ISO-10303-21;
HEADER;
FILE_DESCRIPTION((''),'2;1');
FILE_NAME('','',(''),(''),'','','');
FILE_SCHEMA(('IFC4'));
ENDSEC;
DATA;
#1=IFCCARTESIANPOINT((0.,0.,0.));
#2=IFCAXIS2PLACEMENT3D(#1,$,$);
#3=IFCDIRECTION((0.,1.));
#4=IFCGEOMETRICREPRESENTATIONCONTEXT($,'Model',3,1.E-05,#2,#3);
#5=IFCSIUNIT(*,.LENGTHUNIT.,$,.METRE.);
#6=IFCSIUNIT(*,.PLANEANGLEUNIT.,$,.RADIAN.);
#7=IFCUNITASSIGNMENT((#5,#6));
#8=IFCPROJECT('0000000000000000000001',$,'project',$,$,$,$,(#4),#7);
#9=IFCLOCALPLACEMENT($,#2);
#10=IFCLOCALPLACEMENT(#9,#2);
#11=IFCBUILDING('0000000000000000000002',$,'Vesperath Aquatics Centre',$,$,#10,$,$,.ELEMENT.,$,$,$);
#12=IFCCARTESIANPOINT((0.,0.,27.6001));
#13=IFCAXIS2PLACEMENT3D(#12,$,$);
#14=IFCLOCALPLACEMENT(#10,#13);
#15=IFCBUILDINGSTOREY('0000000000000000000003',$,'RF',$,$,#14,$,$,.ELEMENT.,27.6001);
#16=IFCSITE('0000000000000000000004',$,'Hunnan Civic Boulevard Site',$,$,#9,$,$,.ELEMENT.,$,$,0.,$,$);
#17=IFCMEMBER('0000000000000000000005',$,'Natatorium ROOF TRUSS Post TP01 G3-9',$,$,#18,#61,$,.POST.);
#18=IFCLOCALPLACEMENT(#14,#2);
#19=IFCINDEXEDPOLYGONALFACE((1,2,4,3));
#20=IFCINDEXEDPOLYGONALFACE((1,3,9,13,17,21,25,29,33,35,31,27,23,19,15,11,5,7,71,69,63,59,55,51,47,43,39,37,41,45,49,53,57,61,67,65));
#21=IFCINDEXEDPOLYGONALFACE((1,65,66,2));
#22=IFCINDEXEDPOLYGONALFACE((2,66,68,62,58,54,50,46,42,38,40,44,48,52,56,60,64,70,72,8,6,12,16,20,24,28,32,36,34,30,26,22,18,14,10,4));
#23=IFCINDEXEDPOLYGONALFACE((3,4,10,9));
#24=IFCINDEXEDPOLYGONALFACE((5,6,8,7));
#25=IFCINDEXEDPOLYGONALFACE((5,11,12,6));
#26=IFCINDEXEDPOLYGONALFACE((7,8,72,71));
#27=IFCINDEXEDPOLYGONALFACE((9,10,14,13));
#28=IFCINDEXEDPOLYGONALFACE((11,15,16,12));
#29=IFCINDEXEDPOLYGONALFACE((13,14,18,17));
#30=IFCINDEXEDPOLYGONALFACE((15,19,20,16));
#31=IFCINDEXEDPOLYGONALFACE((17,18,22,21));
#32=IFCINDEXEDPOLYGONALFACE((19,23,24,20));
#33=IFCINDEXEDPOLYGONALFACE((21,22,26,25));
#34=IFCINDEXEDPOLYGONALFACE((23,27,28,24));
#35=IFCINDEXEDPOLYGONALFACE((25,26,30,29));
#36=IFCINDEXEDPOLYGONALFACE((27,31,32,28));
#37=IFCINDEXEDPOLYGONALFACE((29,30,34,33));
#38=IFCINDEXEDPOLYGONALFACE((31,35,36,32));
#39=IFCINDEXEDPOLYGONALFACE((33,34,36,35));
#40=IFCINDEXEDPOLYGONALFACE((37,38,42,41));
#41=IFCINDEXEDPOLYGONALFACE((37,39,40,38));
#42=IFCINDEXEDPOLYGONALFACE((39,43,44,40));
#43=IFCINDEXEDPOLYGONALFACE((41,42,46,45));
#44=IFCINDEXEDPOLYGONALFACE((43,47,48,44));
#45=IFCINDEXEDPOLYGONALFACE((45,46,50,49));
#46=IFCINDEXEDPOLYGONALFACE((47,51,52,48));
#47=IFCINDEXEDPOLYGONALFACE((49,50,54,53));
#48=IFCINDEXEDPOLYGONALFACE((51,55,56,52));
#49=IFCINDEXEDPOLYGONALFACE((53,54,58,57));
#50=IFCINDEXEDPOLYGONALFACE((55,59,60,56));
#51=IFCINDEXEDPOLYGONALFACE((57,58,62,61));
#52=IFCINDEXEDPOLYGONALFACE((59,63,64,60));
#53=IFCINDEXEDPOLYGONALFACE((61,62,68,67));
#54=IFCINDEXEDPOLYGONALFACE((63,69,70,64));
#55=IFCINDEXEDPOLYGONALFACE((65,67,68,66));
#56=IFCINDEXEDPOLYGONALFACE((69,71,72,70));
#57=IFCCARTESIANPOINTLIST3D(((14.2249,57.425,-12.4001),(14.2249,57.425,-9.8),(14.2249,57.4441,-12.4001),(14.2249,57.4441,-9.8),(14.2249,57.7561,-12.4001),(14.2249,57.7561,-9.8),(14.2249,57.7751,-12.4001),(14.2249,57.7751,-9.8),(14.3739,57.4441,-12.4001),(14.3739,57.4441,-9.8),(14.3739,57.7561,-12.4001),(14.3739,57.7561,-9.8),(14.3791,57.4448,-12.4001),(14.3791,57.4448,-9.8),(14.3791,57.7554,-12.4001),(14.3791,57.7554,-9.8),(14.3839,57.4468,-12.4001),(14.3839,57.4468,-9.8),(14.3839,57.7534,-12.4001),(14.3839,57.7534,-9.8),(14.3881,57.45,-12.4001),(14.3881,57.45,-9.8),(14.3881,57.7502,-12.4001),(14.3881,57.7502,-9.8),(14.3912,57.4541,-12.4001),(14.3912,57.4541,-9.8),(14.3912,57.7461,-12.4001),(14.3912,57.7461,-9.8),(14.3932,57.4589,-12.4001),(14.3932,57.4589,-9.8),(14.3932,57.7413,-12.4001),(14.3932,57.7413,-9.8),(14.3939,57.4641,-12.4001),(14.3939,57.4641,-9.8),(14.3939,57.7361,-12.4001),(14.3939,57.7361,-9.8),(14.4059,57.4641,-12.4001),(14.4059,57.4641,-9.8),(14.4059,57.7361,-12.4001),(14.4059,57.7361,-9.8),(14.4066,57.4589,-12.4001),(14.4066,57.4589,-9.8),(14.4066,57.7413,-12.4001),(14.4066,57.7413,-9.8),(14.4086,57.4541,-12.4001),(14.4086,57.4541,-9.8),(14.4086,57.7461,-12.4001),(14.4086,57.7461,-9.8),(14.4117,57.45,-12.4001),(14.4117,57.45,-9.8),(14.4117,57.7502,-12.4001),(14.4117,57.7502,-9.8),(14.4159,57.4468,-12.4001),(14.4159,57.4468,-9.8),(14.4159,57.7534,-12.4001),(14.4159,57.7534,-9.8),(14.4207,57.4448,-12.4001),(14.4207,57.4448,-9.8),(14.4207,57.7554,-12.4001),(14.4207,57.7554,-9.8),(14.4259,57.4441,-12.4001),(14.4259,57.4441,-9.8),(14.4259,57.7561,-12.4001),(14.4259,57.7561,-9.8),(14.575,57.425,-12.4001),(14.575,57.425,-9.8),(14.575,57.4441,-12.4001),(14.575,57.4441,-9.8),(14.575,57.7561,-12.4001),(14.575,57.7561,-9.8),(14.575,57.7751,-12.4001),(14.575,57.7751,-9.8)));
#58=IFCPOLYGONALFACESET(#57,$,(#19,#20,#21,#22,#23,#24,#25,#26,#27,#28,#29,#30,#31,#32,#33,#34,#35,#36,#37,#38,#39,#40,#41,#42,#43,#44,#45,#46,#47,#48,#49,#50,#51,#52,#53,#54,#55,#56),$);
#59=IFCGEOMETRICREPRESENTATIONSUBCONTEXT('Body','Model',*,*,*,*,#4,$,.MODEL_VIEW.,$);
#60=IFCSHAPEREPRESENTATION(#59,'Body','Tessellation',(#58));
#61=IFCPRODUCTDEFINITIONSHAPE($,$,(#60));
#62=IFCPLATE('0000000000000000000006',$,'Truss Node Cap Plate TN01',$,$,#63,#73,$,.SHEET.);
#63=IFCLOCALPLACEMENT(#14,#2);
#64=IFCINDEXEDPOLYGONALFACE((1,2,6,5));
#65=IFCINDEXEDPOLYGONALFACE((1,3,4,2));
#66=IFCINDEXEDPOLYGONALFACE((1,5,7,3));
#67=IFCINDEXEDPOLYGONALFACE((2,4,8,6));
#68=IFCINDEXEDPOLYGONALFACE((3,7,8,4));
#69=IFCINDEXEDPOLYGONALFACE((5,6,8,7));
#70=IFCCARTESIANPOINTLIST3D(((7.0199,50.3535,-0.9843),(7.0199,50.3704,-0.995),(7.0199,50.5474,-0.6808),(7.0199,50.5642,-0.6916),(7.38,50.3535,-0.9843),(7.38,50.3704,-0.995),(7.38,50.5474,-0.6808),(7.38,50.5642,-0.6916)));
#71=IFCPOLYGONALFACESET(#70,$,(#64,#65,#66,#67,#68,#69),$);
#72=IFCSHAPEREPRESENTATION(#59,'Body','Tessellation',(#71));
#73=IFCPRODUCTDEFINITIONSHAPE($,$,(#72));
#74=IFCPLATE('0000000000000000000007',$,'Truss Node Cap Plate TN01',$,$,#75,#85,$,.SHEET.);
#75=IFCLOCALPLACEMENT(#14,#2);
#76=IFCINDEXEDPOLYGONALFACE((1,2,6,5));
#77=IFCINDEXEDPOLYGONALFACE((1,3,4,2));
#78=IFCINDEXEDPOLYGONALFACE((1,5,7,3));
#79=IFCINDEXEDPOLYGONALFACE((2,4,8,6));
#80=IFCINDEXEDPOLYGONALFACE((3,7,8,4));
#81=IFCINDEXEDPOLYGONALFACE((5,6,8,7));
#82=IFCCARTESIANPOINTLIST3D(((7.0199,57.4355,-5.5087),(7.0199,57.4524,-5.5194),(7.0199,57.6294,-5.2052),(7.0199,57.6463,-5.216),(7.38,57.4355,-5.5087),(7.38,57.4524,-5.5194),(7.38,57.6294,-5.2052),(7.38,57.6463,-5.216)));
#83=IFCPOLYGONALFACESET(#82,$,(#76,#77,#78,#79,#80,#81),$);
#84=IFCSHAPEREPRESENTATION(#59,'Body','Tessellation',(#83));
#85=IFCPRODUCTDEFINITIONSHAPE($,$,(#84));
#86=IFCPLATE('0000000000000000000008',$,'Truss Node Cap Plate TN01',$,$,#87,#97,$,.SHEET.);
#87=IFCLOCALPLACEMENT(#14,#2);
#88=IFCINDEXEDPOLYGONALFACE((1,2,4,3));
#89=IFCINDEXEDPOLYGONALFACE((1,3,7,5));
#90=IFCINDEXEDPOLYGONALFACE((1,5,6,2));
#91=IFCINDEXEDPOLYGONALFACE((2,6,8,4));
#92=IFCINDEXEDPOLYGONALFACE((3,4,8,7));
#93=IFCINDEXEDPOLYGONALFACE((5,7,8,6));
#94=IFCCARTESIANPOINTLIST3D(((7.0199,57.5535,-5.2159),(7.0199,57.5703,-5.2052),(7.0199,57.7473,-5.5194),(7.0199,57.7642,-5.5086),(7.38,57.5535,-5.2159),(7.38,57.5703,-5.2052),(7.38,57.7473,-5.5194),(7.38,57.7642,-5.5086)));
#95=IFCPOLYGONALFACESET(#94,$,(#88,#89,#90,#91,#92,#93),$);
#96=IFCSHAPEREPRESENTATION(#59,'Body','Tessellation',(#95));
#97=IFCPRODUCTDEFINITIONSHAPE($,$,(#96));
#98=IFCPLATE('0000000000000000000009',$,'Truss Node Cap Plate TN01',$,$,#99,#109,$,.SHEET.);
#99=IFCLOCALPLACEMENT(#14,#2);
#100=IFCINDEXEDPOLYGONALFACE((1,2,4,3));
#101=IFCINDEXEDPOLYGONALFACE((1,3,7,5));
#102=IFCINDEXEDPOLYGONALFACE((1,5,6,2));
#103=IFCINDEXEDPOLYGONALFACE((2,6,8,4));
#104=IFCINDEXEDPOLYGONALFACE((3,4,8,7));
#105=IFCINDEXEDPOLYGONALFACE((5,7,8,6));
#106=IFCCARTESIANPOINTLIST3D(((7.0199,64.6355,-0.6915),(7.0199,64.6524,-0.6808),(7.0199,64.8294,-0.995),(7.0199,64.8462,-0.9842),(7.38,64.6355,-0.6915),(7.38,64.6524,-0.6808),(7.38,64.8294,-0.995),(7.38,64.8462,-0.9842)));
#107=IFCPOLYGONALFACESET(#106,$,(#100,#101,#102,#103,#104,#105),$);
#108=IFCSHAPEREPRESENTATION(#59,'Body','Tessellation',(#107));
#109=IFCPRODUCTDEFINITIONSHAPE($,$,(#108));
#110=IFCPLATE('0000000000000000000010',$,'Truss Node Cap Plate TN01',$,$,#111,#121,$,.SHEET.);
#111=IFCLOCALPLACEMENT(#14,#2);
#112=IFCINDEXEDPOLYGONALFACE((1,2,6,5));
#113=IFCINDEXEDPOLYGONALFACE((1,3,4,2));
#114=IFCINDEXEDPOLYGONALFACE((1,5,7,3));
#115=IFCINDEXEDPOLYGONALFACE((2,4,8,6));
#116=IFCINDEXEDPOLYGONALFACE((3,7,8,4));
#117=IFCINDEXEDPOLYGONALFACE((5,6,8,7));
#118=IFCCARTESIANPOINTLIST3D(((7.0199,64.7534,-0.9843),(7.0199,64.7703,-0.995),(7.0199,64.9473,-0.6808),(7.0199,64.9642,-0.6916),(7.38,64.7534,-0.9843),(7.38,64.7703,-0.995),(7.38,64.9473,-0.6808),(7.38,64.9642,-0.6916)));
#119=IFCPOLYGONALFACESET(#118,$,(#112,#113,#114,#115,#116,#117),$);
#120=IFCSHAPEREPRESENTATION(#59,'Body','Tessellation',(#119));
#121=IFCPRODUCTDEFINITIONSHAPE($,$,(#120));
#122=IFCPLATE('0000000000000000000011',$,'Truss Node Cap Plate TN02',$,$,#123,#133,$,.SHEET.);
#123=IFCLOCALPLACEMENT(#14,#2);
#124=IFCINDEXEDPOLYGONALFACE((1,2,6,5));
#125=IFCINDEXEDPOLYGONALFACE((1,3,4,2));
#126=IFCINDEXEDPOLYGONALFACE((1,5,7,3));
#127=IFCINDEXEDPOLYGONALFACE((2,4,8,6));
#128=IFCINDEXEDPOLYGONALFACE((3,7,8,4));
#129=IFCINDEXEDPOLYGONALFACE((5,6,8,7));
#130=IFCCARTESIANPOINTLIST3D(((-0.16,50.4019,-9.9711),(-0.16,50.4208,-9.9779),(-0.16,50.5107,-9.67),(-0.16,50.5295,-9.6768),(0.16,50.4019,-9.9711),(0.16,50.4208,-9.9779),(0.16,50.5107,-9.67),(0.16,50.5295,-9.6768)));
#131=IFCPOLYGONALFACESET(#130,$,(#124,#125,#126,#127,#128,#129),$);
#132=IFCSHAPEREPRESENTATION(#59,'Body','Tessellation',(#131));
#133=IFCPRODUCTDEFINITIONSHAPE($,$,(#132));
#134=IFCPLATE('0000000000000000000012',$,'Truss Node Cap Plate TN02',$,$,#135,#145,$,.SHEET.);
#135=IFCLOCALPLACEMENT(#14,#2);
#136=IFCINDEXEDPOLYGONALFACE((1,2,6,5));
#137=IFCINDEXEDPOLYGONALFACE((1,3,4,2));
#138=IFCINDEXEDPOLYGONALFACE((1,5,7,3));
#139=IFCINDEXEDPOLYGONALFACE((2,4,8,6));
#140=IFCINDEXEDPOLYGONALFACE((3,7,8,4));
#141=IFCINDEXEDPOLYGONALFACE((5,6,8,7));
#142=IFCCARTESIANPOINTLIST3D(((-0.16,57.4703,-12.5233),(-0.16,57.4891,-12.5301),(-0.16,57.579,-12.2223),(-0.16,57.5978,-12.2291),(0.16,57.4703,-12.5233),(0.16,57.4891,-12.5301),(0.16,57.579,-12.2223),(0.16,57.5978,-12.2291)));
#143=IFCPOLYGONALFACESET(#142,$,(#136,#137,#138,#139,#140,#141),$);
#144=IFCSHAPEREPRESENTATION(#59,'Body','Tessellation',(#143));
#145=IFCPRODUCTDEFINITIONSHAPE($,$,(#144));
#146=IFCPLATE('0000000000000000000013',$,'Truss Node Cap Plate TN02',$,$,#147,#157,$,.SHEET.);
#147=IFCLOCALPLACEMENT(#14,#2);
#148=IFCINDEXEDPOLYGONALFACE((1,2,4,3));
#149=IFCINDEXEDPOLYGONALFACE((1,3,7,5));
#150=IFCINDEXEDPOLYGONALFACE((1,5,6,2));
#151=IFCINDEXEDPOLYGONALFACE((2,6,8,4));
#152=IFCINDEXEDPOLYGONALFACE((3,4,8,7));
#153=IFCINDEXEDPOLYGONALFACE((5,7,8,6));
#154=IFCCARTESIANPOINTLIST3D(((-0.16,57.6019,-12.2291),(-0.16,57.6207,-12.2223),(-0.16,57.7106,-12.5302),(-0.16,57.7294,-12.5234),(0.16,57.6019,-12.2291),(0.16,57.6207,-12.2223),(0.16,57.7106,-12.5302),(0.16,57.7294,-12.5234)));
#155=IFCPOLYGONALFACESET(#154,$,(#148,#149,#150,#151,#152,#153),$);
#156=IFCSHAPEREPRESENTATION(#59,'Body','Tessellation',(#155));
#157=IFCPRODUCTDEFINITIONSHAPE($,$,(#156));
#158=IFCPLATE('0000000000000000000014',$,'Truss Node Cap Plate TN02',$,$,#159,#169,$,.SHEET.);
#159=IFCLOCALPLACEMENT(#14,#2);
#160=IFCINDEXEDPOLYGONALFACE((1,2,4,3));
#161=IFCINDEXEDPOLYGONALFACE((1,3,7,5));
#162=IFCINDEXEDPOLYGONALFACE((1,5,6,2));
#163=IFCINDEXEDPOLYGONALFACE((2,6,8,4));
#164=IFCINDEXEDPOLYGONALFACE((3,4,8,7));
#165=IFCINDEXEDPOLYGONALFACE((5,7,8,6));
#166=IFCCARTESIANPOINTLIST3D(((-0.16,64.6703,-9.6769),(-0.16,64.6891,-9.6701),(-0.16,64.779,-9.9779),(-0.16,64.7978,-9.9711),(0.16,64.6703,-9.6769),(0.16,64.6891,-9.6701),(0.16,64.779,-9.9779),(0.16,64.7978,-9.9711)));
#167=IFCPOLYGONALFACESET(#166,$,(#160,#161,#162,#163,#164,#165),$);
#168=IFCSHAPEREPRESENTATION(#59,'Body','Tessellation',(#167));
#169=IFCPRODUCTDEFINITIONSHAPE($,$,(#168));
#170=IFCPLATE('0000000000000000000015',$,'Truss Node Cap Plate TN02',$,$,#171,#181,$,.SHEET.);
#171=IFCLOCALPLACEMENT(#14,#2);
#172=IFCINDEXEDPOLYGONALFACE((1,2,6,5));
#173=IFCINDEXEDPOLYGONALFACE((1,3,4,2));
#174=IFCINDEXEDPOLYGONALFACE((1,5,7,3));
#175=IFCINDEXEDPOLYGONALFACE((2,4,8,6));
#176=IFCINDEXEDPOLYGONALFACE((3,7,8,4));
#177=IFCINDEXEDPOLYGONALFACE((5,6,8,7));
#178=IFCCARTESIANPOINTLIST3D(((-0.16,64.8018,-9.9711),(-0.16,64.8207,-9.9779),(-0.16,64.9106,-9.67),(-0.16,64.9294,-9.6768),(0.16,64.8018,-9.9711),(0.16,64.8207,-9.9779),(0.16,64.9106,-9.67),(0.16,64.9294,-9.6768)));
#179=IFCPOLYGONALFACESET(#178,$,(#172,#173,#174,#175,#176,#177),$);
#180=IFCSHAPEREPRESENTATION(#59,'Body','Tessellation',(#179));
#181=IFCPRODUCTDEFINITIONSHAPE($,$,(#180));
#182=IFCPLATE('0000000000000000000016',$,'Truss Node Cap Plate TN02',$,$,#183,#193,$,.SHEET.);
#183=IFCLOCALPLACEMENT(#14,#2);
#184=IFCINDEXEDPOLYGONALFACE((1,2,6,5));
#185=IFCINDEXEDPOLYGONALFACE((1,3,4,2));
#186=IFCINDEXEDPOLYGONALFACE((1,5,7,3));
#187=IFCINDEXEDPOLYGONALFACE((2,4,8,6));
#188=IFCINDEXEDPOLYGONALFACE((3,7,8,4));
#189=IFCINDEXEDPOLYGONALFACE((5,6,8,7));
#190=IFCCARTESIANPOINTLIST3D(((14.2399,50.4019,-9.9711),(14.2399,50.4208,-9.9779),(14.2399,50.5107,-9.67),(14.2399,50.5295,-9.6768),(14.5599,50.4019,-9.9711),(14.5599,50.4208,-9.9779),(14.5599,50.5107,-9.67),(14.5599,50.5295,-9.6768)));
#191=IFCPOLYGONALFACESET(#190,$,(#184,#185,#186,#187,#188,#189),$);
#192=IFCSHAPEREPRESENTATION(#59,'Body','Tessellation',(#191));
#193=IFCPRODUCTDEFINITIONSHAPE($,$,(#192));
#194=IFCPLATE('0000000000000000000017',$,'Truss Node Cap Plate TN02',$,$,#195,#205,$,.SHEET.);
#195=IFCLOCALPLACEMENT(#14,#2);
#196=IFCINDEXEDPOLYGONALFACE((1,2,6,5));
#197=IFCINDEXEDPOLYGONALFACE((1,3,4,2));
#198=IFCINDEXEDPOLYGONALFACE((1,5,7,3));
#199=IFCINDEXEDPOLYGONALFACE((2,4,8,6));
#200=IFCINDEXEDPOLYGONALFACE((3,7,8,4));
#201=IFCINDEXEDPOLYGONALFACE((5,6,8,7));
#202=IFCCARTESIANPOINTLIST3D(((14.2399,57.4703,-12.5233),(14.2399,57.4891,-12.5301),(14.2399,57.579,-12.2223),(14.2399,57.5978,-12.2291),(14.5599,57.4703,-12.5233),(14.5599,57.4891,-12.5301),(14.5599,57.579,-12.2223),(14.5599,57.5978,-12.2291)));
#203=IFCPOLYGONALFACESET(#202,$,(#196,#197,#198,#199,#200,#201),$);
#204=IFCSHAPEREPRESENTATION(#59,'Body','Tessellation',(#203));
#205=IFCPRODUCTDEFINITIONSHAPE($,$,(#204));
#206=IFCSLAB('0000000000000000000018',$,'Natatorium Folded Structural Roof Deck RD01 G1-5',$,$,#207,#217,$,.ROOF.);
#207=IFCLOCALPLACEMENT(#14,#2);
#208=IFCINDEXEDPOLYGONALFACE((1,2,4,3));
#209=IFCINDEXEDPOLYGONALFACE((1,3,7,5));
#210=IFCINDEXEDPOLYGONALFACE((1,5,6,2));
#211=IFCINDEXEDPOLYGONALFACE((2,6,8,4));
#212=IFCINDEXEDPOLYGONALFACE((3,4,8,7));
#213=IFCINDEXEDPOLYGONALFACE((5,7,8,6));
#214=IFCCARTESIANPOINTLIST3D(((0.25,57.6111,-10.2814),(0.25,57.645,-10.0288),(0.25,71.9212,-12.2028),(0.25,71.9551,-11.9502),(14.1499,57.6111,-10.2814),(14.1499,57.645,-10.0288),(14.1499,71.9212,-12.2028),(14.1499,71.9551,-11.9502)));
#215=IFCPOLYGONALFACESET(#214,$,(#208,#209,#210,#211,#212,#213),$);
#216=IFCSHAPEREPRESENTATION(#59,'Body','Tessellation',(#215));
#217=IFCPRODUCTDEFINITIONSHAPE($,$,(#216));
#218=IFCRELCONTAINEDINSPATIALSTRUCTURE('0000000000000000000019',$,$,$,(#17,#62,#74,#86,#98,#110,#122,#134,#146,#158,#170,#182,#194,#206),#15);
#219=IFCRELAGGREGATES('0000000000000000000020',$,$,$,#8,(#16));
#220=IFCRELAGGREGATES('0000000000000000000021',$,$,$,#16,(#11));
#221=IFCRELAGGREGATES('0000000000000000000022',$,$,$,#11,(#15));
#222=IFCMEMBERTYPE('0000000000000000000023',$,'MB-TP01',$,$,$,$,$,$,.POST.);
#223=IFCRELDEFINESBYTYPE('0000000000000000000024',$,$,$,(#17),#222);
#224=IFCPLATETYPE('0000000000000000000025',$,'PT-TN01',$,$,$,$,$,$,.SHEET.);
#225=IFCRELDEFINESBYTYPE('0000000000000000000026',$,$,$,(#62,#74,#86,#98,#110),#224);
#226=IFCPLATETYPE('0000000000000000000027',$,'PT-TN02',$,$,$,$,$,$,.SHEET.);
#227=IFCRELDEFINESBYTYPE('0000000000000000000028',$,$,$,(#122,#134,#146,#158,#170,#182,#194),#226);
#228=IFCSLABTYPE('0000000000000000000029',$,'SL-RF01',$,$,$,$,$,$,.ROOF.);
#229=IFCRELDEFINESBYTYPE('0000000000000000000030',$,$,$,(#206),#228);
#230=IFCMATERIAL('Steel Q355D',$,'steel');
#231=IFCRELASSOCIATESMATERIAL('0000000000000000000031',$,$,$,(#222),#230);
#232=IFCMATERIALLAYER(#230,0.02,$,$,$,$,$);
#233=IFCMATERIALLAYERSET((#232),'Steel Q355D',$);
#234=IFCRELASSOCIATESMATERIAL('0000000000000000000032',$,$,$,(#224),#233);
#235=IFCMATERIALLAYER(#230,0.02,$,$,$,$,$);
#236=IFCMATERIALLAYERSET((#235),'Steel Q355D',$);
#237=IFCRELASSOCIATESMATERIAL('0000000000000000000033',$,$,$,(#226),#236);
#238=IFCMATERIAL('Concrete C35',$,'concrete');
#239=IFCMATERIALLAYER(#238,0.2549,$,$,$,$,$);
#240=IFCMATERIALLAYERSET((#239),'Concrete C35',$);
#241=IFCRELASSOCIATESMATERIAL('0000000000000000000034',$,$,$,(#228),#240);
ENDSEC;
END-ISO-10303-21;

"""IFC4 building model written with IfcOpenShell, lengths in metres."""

from ifc_helpers import new_model, si_unit, direction, frame, origin, origin_2d, place, context, subcontext, project, spatial, polyline, rectangle, i_section, outline, extrude, material, layer, layer_set, material_profile, profile_set, type_object, element, save


model = new_model("IFC4")

# Units and contexts
model_context = context("Model", 3, precision=1e-05, world=origin(), true_north=direction((0.0, 1.0)))
body_context = subcontext(model_context, "Body", "Model", "MODEL_VIEW")
ifc_project = project(units=[si_unit("LENGTHUNIT", "METRE"), si_unit("PLANEANGLEUNIT", "RADIAN")], contexts=[model_context])

# Site, building, storey
site_placement = place(None, origin())
site = spatial("IfcSite", under=ifc_project, at=site_placement, Name="Hunnan Civic Boulevard Site", CompositionType="ELEMENT", RefElevation=0.0)
building_placement = place(site_placement, origin())
building = spatial("IfcBuilding", under=site, at=building_placement, Name="Vesperath Aquatics Centre", CompositionType="ELEMENT")
storey_placement = place(building_placement, frame((0.0, 0.0, 27.6001)))
storey = spatial("IfcBuildingStorey", under=building, at=storey_placement, Name="RF", CompositionType="ELEMENT", Elevation=27.6001)

# Member
ifc_material_1 = material(Name="Steel Q355D", Category="steel")
ifc_material_profile_1 = material_profile(ifc_material_1, i_section(OverallWidth=0.3501, OverallDepth=0.3501, WebThickness=0.012, FlangeThickness=0.019, FilletRadius=0.02, at=origin_2d()), Name="HW 350x350x12x19")
ifc_profile_set_1 = profile_set([ifc_material_profile_1], Name="Steel Q355D")
member_type_1 = type_object("IfcMemberType", Name="MB-TP01", PredefinedType="POST", material=ifc_profile_set_1)
member_1_placement = place(storey_placement, frame((14.3999, 57.6001, -12.4001), z_axis=(0.0, 0.0, 1.0), x_axis=(1.0, 0.0, 0.0)))
element("IfcMember", 1, at=member_1_placement, inside=storey, type_object=member_type_1, Name="Natatorium ROOF TRUSS Post TP01 G3-9", PredefinedType="POST", context=body_context, shape_type="SweptSolid", body=[
    extrude(i_section(OverallWidth=0.3501, OverallDepth=0.3501, WebThickness=0.012, FlangeThickness=0.019, FilletRadius=0.02, at=origin_2d()), origin(), (0.0, 0.0, 1.0), 2.6001),
])

# Plates
ifc_layer_1 = layer(ifc_material_1, 0.02)
ifc_layer_set_1 = layer_set([ifc_layer_1], Name="Steel Q355D")
plate_type_1 = type_object("IfcPlateType", Name="PT-TN01", PredefinedType="SHEET", material=ifc_layer_set_1)
for number, where, z_axis, x_axis, name in (
    (2, (7.2, 50.4504, -0.8325), (0.0, 0.842696, -0.538389), (-1.0, 0.0, 0.0), "Truss Node Cap Plate TN01"),
    (3, (7.2, 57.5325, -5.3569), (0.0, 0.842696, -0.538389), (-1.0, 0.0, 0.0), "Truss Node Cap Plate TN01"),
    (4, (7.2, 57.6504, -5.3677), (0.0, 0.842696, 0.538389), (-1.0, 0.0, 0.0), "Truss Node Cap Plate TN01"),
    (5, (7.2, 64.7324, -0.8433), (0.0, 0.842696, 0.538389), (-1.0, 0.0, 0.0), "Truss Node Cap Plate TN01"),
    (6, (7.2, 64.8503, -0.8325), (0.0, 0.842696, -0.538389), (-1.0, 0.0, 0.0), "Truss Node Cap Plate TN01"),
):
    element("IfcPlate", number, at=place(storey_placement, frame(where, z_axis=z_axis, x_axis=x_axis)), inside=storey, type_object=plate_type_1, Name=name, PredefinedType="SHEET", context=body_context, shape_type="SweptSolid", body=[
        extrude(rectangle(XDim=0.3601, YDim=0.3601, at=origin_2d()), origin(), (0.0, 0.0, 1.0), 0.02),
    ])
ifc_layer_2 = layer(ifc_material_1, 0.02)
ifc_layer_set_2 = layer_set([ifc_layer_2], Name="Steel Q355D")
plate_type_2 = type_object("IfcPlateType", Name="PT-TN02", PredefinedType="SHEET", material=ifc_layer_set_2)
for number, where, z_axis, x_axis, name in (
    (7, (0.0, 50.4563, -9.8206), (0.0, 0.940554, -0.339644), (-1.0, 0.0, 0.0), "Truss Node Cap Plate TN02"),
    (8, (0.0, 57.5247, -12.3728), (0.0, 0.940554, -0.339644), (-1.0, 0.0, 0.0), "Truss Node Cap Plate TN02"),
    (9, (0.0, 57.6562, -12.3796), (0.0, 0.940554, 0.339644), (-1.0, 0.0, 0.0), "Truss Node Cap Plate TN02"),
    (10, (0.0, 64.7246, -9.8274), (0.0, 0.940554, 0.339644), (-1.0, 0.0, 0.0), "Truss Node Cap Plate TN02"),
    (11, (0.0, 64.8562, -9.8206), (0.0, 0.940554, -0.339644), (-1.0, 0.0, 0.0), "Truss Node Cap Plate TN02"),
    (12, (14.3999, 50.4563, -9.8206), (0.0, 0.940554, -0.339644), (-1.0, 0.0, 0.0), "Truss Node Cap Plate TN02"),
    (13, (14.3999, 57.5247, -12.3728), (0.0, 0.940554, -0.339644), (-1.0, 0.0, 0.0), "Truss Node Cap Plate TN02"),
):
    element("IfcPlate", number, at=place(storey_placement, frame(where, z_axis=z_axis, x_axis=x_axis)), inside=storey, type_object=plate_type_2, Name=name, PredefinedType="SHEET", context=body_context, shape_type="SweptSolid", body=[
        extrude(rectangle(XDim=0.3201, YDim=0.3201, at=origin_2d()), origin(), (0.0, 0.0, 1.0), 0.02),
    ])

# Slab
ifc_material_2 = material(Name="Concrete C35", Category="concrete")
ifc_layer_3 = layer(ifc_material_2, 0.2549)
ifc_layer_set_3 = layer_set([ifc_layer_3], Name="Concrete C35")
slab_type = type_object("IfcSlabType", Name="SL-RF01", PredefinedType="ROOF", material=ifc_layer_set_3)
slab_placement = place(storey_placement, frame((0.25, 57.645, -10.0288), z_axis=(0.0, 0.133074, 0.991106), x_axis=(1.0, 0.0, 0.0)))
element("IfcSlab", 14, at=slab_placement, inside=storey, type_object=slab_type, Name="Natatorium Folded Structural Roof Deck RD01 G1-5", PredefinedType="ROOF", context=body_context, shape_type="SweptSolid", body=[
    extrude(outline(polyline([(0.0, 0.0), (13.8999, 0.0), (13.8999, 14.4385), (0.0, 14.4385), (0.0, 0.0)])), origin(), (0.0, 0.0, -1.0), 0.2549),
])

save(model, "model.ifc")
